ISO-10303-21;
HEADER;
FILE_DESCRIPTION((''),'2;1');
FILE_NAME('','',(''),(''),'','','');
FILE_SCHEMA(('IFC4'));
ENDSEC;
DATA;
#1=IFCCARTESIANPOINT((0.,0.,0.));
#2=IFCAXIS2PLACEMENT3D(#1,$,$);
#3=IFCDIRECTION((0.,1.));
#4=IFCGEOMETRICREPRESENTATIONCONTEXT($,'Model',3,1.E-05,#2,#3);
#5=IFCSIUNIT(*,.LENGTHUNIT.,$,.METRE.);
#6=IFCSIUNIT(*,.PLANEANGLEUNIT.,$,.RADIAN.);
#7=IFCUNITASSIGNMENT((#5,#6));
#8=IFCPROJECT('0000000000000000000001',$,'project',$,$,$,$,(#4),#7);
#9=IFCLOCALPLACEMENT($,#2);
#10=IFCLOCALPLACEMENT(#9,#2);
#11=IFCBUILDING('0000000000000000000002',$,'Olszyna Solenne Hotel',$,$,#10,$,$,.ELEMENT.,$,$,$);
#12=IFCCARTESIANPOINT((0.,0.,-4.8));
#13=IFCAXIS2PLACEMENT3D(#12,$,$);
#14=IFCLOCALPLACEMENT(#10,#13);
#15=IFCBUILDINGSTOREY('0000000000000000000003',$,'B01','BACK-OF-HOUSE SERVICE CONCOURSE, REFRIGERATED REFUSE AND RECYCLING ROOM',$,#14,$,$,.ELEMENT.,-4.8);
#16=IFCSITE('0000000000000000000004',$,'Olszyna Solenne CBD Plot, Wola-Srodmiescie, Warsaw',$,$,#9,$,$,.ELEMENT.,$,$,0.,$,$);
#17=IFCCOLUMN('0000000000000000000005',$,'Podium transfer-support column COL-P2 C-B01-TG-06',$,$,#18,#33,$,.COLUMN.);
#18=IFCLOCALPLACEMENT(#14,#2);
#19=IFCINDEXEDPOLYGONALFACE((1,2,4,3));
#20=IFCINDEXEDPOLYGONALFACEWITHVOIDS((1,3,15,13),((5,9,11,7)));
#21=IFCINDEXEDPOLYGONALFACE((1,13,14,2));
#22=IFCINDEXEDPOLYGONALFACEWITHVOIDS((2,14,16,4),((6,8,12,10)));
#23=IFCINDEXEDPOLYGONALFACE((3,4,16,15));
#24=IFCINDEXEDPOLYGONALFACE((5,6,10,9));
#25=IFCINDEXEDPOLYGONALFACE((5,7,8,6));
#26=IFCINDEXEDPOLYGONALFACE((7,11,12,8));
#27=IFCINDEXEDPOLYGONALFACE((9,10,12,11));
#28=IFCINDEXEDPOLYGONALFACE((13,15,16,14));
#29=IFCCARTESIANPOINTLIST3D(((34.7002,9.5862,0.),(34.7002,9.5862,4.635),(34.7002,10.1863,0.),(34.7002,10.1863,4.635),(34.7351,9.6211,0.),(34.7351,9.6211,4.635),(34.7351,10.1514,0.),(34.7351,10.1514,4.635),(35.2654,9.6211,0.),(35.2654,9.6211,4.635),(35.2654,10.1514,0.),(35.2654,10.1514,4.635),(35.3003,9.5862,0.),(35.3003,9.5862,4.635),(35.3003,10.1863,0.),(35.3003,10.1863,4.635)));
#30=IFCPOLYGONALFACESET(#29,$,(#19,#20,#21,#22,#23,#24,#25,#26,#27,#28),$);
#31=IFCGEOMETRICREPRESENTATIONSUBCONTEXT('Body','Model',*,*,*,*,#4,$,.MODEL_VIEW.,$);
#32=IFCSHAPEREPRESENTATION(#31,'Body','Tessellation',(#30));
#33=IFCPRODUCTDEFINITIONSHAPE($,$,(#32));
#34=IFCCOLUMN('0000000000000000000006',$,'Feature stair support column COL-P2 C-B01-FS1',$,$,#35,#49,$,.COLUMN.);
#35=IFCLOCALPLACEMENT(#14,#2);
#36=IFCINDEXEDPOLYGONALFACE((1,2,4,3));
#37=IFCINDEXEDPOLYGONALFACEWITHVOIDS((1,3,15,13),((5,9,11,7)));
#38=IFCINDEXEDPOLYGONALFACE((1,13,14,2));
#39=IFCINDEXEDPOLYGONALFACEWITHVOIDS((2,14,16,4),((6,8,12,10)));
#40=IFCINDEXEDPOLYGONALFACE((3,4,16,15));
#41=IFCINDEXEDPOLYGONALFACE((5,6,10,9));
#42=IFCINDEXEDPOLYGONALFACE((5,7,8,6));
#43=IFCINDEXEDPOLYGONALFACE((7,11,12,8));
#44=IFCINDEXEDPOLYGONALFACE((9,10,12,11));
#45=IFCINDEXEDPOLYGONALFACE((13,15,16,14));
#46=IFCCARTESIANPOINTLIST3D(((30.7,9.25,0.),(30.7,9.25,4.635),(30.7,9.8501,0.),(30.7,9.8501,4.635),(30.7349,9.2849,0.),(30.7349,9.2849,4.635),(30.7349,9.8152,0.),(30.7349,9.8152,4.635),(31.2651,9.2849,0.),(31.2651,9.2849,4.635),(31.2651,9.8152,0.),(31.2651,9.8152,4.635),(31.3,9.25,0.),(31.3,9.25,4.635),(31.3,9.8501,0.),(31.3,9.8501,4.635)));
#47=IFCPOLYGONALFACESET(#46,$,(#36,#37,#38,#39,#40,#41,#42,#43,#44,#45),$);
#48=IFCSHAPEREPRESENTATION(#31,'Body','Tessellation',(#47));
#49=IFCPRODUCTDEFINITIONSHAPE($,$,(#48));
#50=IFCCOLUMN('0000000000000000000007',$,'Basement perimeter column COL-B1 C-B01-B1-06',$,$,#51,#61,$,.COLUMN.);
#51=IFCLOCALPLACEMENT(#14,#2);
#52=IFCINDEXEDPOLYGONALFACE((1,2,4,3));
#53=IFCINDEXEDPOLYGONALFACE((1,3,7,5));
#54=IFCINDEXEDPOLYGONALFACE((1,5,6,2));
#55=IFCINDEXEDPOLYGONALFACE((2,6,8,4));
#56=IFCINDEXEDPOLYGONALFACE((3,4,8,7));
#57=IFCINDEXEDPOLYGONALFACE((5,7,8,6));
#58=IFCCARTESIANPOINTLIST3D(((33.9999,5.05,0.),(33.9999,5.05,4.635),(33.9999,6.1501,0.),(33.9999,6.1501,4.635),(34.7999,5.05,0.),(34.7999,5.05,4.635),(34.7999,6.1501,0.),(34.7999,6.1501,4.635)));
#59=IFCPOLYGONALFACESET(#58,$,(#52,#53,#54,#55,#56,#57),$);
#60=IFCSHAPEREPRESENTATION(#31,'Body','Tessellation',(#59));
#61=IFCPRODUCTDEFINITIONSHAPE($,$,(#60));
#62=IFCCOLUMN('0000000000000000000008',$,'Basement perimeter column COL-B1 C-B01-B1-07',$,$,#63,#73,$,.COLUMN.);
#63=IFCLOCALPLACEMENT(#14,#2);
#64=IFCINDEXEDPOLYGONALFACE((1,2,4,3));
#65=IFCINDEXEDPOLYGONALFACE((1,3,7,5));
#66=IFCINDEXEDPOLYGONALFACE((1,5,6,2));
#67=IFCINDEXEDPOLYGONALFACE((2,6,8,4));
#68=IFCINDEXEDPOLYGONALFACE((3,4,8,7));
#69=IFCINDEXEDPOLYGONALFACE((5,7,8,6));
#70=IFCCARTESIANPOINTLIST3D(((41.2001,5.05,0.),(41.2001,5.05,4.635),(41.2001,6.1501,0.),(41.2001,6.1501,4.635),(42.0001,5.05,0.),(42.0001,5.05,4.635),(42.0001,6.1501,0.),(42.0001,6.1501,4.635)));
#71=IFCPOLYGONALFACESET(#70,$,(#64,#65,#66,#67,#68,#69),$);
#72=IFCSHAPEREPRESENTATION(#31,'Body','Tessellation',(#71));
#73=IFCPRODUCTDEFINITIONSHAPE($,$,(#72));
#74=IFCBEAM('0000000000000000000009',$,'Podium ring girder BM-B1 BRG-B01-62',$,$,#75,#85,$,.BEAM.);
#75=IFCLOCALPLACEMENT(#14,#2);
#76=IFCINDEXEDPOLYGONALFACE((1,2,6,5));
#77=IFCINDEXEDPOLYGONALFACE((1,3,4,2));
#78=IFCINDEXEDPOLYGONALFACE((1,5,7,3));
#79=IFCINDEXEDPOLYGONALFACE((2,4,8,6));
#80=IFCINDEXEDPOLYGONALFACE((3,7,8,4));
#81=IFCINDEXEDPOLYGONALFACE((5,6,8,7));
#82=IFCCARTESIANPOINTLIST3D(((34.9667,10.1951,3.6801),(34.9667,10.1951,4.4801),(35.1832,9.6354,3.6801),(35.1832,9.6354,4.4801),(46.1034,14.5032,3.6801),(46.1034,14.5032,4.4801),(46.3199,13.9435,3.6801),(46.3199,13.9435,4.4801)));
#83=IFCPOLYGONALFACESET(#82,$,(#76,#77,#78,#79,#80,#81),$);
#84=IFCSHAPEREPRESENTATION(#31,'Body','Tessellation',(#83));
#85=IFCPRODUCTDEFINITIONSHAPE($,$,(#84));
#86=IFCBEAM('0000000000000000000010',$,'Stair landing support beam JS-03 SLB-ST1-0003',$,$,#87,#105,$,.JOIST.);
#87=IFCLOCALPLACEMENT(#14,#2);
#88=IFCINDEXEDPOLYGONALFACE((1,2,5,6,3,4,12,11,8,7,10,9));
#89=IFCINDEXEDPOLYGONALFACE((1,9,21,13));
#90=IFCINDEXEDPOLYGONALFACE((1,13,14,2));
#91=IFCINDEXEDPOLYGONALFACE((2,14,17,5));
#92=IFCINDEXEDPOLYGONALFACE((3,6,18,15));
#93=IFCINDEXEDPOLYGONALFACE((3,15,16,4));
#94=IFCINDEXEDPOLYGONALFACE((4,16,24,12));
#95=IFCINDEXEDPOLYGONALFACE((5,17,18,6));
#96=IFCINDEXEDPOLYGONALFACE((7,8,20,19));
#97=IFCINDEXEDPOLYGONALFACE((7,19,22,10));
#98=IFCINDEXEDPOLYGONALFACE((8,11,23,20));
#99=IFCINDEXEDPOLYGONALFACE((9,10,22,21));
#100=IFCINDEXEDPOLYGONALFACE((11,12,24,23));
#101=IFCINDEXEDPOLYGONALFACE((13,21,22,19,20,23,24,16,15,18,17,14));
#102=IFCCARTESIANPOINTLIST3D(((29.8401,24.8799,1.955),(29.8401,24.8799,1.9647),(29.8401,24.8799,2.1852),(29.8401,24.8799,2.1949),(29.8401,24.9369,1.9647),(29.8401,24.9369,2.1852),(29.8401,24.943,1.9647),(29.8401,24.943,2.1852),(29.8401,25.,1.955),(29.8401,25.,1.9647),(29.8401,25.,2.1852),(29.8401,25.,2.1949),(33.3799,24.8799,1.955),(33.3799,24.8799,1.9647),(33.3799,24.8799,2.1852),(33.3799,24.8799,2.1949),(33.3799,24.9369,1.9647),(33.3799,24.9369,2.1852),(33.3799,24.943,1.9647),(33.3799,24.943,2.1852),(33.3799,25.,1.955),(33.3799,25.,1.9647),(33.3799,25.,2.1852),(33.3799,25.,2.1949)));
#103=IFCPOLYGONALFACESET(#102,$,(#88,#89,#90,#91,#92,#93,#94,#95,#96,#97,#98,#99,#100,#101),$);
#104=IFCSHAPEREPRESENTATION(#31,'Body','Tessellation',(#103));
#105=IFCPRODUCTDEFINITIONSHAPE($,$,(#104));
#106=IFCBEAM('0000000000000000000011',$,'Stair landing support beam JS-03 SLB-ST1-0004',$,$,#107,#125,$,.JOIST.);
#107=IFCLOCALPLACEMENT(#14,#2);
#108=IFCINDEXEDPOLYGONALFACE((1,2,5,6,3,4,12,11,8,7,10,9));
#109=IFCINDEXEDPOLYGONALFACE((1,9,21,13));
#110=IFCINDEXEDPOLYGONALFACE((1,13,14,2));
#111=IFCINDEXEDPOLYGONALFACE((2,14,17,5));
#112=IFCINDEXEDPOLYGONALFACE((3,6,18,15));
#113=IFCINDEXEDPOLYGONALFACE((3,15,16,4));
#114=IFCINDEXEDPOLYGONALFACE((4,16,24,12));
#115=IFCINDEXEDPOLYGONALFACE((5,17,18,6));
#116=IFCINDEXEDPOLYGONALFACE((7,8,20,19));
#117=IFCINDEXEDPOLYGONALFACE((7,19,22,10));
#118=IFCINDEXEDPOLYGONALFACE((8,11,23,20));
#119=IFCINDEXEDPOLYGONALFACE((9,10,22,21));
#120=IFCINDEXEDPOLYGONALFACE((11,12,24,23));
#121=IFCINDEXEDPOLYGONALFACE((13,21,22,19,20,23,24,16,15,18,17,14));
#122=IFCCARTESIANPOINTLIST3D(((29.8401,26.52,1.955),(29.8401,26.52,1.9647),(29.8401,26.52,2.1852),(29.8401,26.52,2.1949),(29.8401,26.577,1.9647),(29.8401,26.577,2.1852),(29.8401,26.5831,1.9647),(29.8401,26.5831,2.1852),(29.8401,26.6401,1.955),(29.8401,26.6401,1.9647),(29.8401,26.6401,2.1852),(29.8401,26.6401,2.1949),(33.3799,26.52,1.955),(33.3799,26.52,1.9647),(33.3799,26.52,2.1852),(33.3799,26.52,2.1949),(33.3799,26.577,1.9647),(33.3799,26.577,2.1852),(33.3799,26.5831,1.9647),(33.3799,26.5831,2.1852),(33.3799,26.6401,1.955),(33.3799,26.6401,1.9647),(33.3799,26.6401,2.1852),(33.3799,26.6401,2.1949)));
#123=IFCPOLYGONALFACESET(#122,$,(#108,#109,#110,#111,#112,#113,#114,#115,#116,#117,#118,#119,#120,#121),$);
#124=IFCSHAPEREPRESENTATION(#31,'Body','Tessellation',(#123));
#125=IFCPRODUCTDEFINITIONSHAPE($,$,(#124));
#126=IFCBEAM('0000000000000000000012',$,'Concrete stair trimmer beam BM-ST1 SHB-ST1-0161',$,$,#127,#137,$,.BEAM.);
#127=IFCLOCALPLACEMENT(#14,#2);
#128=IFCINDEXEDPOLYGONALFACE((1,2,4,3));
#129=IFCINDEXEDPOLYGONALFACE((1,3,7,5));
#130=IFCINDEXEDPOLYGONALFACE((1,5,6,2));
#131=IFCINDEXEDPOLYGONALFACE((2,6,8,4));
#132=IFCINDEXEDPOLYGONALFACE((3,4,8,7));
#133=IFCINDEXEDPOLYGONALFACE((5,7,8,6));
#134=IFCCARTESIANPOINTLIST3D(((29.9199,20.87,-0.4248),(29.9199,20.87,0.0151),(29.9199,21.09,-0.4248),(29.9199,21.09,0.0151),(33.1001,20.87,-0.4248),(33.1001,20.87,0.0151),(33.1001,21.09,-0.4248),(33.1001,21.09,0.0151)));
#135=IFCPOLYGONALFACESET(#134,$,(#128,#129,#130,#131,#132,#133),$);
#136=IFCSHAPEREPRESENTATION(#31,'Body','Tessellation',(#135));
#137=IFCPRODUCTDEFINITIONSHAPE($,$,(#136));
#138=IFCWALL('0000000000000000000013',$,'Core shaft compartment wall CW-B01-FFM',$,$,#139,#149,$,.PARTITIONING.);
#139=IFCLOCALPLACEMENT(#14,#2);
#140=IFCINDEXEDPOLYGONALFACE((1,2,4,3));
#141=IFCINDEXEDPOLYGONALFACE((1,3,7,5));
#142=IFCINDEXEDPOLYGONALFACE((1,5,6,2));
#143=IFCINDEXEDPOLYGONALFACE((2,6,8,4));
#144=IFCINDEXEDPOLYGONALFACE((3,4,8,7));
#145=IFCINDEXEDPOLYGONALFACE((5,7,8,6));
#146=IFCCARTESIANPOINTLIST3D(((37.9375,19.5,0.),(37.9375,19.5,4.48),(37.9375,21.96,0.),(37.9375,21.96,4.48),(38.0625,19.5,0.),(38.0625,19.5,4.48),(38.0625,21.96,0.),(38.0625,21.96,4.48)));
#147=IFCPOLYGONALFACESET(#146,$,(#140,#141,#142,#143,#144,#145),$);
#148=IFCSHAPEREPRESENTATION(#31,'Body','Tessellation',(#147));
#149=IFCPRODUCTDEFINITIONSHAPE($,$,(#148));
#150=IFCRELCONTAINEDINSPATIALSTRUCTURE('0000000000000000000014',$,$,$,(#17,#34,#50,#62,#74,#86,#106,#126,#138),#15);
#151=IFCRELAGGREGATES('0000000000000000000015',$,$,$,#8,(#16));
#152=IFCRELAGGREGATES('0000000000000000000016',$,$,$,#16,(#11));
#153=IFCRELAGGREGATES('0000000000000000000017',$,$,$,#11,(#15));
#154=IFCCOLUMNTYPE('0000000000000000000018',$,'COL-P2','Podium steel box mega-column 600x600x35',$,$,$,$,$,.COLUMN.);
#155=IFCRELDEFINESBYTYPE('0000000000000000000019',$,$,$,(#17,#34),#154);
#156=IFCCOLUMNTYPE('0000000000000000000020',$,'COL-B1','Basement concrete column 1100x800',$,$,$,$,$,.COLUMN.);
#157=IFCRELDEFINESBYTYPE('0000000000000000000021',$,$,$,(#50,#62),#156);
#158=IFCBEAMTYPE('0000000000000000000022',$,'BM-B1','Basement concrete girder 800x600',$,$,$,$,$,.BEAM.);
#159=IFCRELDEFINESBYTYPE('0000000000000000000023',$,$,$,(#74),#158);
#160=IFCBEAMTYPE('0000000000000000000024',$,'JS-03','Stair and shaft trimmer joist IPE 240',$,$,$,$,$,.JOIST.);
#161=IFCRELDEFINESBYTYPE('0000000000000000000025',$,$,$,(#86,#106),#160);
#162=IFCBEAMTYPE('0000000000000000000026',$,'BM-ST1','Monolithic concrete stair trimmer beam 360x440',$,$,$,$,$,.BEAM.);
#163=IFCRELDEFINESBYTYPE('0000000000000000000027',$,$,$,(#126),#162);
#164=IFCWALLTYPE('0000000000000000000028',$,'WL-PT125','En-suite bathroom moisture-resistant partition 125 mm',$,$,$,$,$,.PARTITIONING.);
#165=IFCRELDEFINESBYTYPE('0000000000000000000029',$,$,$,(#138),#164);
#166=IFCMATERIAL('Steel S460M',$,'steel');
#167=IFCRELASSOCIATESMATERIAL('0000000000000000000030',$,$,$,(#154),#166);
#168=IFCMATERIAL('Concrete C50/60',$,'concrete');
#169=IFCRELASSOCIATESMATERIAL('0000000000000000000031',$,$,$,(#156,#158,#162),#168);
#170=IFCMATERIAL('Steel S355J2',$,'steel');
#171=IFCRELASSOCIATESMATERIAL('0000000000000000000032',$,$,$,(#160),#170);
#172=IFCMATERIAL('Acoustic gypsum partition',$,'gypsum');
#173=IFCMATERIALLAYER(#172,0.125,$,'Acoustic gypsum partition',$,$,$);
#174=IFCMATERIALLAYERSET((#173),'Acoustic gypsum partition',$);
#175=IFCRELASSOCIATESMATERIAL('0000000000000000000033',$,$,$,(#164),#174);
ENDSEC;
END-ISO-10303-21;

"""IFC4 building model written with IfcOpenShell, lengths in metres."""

from ifc_helpers import new_model, si_unit, direction, frame, frame_2d, origin, origin_2d, place, context, subcontext, project, spatial, rectangle, hollow_rectangle, i_section, extrude, source, transform, mapped, material, layer, layer_set, material_profile, profile_set, type_object, element, save


model = new_model("IFC4")

# Units and contexts
model_context = context("Model", 3, precision=1e-05, world=origin(), true_north=direction((0.0, 1.0)))
body_context = subcontext(model_context, "Body", "Model", "MODEL_VIEW")
ifc_project = project(units=[si_unit("LENGTHUNIT", "METRE"), si_unit("PLANEANGLEUNIT", "RADIAN")], contexts=[model_context])

# Site, building, storey
site_placement = place(None, origin())
site = spatial("IfcSite", under=ifc_project, at=site_placement, Name="Olszyna Solenne CBD Plot, Wola-Srodmiescie, Warsaw", CompositionType="ELEMENT", RefElevation=0.0)
building_placement = place(site_placement, origin())
building = spatial("IfcBuilding", under=site, at=building_placement, Name="Olszyna Solenne Hotel", CompositionType="ELEMENT")
storey_placement = place(building_placement, frame((0.0, 0.0, -4.8)))
storey = spatial("IfcBuildingStorey", under=building, at=storey_placement, Name="B01", Description="BACK-OF-HOUSE SERVICE CONCOURSE, REFRIGERATED REFUSE AND RECYCLING ROOM", CompositionType="ELEMENT", Elevation=-4.8)

# Columns
ifc_material_1 = material(Name="Steel S460M", Category="steel")
ifc_material_profile_1 = material_profile(ifc_material_1, hollow_rectangle(XDim=0.6001, YDim=0.6001, WallThickness=0.0349, at=origin_2d()), Name="SHS 600x600x35", Category="load-bearing")
ifc_profile_set_1 = profile_set([ifc_material_profile_1], Name="Steel S460M")
column_type_1 = type_object("IfcColumnType", Name="COL-P2", Description="Podium steel box mega-column 600x600x35", PredefinedType="COLUMN", material=ifc_profile_set_1)
shared_shape_1 = source(origin(), body_context, "Body", "SweptSolid", [
    extrude(hollow_rectangle(XDim=0.6001, YDim=0.6001, WallThickness=0.0349, at=origin_2d()), origin(), (0.0, 0.0, 1.0), 4.635),
])
for number, where, z_axis, x_axis, name in (
    (1, (35.0002, 9.8862, 0.0), (0.0, 0.0, 1.0), (1.0, 0.0, 0.0), "Podium transfer-support column COL-P2 C-B01-TG-06"),
    (2, (31.0, 9.55, 0.0), (0.0, 0.0, 1.0), (1.0, 0.0, 0.0), "Feature stair support column COL-P2 C-B01-FS1"),
):
    element("IfcColumn", number, at=place(storey_placement, frame(where, z_axis=z_axis, x_axis=x_axis)), inside=storey, type_object=column_type_1, Name=name, PredefinedType="COLUMN", context=body_context, shape_type="MappedRepresentation", body=[
        mapped(shared_shape_1, transform((0.0, 0.0, 0.0), x_axis=(1.0, 0.0, 0.0), y_axis=(0.0, 1.0, 0.0), z_axis=(0.0, 0.0, 1.0), scale=1.0)),
    ])
ifc_material_2 = material(Name="Concrete C50/60", Category="concrete")
ifc_material_profile_2 = material_profile(ifc_material_2, rectangle(XDim=0.8, YDim=1.1001, at=origin_2d()), Name="RC 1100x800", Category="load-bearing")
ifc_profile_set_2 = profile_set([ifc_material_profile_2], Name="Concrete C50/60")
column_type_2 = type_object("IfcColumnType", Name="COL-B1", Description="Basement concrete column 1100x800", PredefinedType="COLUMN", material=ifc_profile_set_2)
shared_shape_2 = source(origin(), body_context, "Body", "SweptSolid", [
    extrude(rectangle(XDim=0.8, YDim=1.1001, at=origin_2d()), origin(), (0.0, 0.0, 1.0), 4.635),
])
for number, where, z_axis, x_axis, name in (
    (3, (34.3999, 5.6001, 0.0), (0.0, 0.0, 1.0), (1.0, 0.0, 0.0), "Basement perimeter column COL-B1 C-B01-B1-06"),
    (4, (41.6001, 5.6001, 0.0), (0.0, 0.0, 1.0), (1.0, 0.0, 0.0), "Basement perimeter column COL-B1 C-B01-B1-07"),
):
    element("IfcColumn", number, at=place(storey_placement, frame(where, z_axis=z_axis, x_axis=x_axis)), inside=storey, type_object=column_type_2, Name=name, PredefinedType="COLUMN", context=body_context, shape_type="MappedRepresentation", body=[
        mapped(shared_shape_2, transform((0.0, 0.0, 0.0), x_axis=(1.0, 0.0, 0.0), y_axis=(0.0, 1.0, 0.0), z_axis=(0.0, 0.0, 1.0), scale=1.0)),
    ])

# Beams
ifc_material_profile_3 = material_profile(ifc_material_2, rectangle(XDim=0.6001, YDim=0.8, at=origin_2d()), Name="RC 800x600", Category="load-bearing")
ifc_profile_set_3 = profile_set([ifc_material_profile_3], Name="Concrete C50/60")
beam_type_1 = type_object("IfcBeamType", Name="BM-B1", Description="Basement concrete girder 800x600", PredefinedType="BEAM", material=ifc_profile_set_3)
shared_shape_3 = source(origin(), body_context, "Body", "SweptSolid", [
    extrude(rectangle(XDim=0.6001, YDim=0.8, at=origin_2d()), origin(), (0.0, 0.0, 1.0), 11.9409),
])
beam_1_placement = place(storey_placement, frame((35.075, 9.9153, 4.0801), z_axis=(0.932649, 0.360784, 0.0), x_axis=(-0.360784, 0.932649, 0.0)))
element("IfcBeam", 5, at=beam_1_placement, inside=storey, type_object=beam_type_1, Name="Podium ring girder BM-B1 BRG-B01-62", PredefinedType="BEAM", context=body_context, shape_type="MappedRepresentation", body=[
    mapped(shared_shape_3, transform((0.0, 0.0, 0.0), x_axis=(1.0, 0.0, 0.0), y_axis=(0.0, 1.0, 0.0), z_axis=(0.0, 0.0, 1.0), scale=1.0)),
])
ifc_material_3 = material(Name="Steel S355J2", Category="steel")
ifc_material_profile_4 = material_profile(ifc_material_3, i_section(OverallWidth=0.1201, OverallDepth=0.24, WebThickness=0.0061, FlangeThickness=0.0098, at=origin_2d()), Name="IPE 240", Category="load-bearing")
ifc_profile_set_4 = profile_set([ifc_material_profile_4], Name="Steel S355J2")
beam_type_2 = type_object("IfcBeamType", Name="JS-03", Description="Stair and shaft trimmer joist IPE 240", PredefinedType="JOIST", material=ifc_profile_set_4)
shared_shape_4 = source(origin(), body_context, "Body", "SweptSolid", [
    extrude(i_section(OverallWidth=0.1201, OverallDepth=0.24, WebThickness=0.0061, FlangeThickness=0.0098, at=origin_2d()), origin(), (0.0, 0.0, 1.0), 3.5398),
])
for number, where, z_axis, x_axis, name in (
    (6, (33.3799, 24.9399, 2.075), (-1.0, 0.0, 0.0), (0.0, -1.0, 0.0), "Stair landing support beam JS-03 SLB-ST1-0003"),
    (7, (33.3799, 26.5801, 2.075), (-1.0, 0.0, 0.0), (0.0, -1.0, 0.0), "Stair landing support beam JS-03 SLB-ST1-0004"),
):
    element("IfcBeam", number, at=place(storey_placement, frame(where, z_axis=z_axis, x_axis=x_axis)), inside=storey, type_object=beam_type_2, Name=name, PredefinedType="JOIST", context=body_context, shape_type="MappedRepresentation", body=[
        mapped(shared_shape_4, transform((0.0, 0.0, 0.0), x_axis=(1.0, 0.0, 0.0), y_axis=(0.0, 1.0, 0.0), z_axis=(0.0, 0.0, 1.0), scale=1.0)),
    ])
ifc_material_profile_5 = material_profile(ifc_material_2, rectangle(XDim=0.22, YDim=0.4399, at=origin_2d()), Name="RC 220x440", Category="load-bearing")
ifc_profile_set_5 = profile_set([ifc_material_profile_5], Name="Concrete C50/60")
beam_type_3 = type_object("IfcBeamType", Name="BM-ST1", Description="Monolithic concrete stair trimmer beam 360x440", PredefinedType="BEAM", material=ifc_profile_set_5)
shared_shape_5 = source(origin(), body_context, "Body", "SweptSolid", [
    extrude(rectangle(XDim=0.22, YDim=0.4399, at=origin_2d()), origin(), (0.0, 0.0, 1.0), 3.1802),
])
beam_2_placement = place(storey_placement, frame((33.1001, 20.98, -0.2048), z_axis=(-1.0, 0.0, 0.0), x_axis=(0.0, -1.0, 0.0)))
element("IfcBeam", 8, at=beam_2_placement, inside=storey, type_object=beam_type_3, Name="Concrete stair trimmer beam BM-ST1 SHB-ST1-0161", PredefinedType="BEAM", context=body_context, shape_type="MappedRepresentation", body=[
    mapped(shared_shape_5, transform((0.0, 0.0, 0.0), x_axis=(1.0, 0.0, 0.0), y_axis=(0.0, 1.0, 0.0), z_axis=(0.0, 0.0, 1.0), scale=1.0)),
])

# Wall
ifc_material_4 = material(Name="Acoustic gypsum partition", Category="gypsum")
ifc_layer_1 = layer(ifc_material_4, 0.125, Name="Acoustic gypsum partition")
ifc_layer_set_1 = layer_set([ifc_layer_1], Name="Acoustic gypsum partition")
wall_type_1 = type_object("IfcWallType", Name="WL-PT125", Description="En-suite bathroom moisture-resistant partition 125 mm", PredefinedType="PARTITIONING", material=ifc_layer_set_1)
wall_1_placement = place(storey_placement, frame((38.0, 19.5, 0.0), z_axis=(0.0, 0.0, 1.0), x_axis=(0.0, 1.0, 0.0)))
element("IfcWall", 9, at=wall_1_placement, inside=storey, type_object=wall_type_1, Name="Core shaft compartment wall CW-B01-FFM", PredefinedType="PARTITIONING", context=body_context, shape_type="SweptSolid", body=[
    extrude(rectangle(XDim=2.46, YDim=0.125, at=frame_2d((1.23, 0.0))), origin(), (0.0, 0.0, 1.0), 4.48),
])

save(model, "model.ifc")
